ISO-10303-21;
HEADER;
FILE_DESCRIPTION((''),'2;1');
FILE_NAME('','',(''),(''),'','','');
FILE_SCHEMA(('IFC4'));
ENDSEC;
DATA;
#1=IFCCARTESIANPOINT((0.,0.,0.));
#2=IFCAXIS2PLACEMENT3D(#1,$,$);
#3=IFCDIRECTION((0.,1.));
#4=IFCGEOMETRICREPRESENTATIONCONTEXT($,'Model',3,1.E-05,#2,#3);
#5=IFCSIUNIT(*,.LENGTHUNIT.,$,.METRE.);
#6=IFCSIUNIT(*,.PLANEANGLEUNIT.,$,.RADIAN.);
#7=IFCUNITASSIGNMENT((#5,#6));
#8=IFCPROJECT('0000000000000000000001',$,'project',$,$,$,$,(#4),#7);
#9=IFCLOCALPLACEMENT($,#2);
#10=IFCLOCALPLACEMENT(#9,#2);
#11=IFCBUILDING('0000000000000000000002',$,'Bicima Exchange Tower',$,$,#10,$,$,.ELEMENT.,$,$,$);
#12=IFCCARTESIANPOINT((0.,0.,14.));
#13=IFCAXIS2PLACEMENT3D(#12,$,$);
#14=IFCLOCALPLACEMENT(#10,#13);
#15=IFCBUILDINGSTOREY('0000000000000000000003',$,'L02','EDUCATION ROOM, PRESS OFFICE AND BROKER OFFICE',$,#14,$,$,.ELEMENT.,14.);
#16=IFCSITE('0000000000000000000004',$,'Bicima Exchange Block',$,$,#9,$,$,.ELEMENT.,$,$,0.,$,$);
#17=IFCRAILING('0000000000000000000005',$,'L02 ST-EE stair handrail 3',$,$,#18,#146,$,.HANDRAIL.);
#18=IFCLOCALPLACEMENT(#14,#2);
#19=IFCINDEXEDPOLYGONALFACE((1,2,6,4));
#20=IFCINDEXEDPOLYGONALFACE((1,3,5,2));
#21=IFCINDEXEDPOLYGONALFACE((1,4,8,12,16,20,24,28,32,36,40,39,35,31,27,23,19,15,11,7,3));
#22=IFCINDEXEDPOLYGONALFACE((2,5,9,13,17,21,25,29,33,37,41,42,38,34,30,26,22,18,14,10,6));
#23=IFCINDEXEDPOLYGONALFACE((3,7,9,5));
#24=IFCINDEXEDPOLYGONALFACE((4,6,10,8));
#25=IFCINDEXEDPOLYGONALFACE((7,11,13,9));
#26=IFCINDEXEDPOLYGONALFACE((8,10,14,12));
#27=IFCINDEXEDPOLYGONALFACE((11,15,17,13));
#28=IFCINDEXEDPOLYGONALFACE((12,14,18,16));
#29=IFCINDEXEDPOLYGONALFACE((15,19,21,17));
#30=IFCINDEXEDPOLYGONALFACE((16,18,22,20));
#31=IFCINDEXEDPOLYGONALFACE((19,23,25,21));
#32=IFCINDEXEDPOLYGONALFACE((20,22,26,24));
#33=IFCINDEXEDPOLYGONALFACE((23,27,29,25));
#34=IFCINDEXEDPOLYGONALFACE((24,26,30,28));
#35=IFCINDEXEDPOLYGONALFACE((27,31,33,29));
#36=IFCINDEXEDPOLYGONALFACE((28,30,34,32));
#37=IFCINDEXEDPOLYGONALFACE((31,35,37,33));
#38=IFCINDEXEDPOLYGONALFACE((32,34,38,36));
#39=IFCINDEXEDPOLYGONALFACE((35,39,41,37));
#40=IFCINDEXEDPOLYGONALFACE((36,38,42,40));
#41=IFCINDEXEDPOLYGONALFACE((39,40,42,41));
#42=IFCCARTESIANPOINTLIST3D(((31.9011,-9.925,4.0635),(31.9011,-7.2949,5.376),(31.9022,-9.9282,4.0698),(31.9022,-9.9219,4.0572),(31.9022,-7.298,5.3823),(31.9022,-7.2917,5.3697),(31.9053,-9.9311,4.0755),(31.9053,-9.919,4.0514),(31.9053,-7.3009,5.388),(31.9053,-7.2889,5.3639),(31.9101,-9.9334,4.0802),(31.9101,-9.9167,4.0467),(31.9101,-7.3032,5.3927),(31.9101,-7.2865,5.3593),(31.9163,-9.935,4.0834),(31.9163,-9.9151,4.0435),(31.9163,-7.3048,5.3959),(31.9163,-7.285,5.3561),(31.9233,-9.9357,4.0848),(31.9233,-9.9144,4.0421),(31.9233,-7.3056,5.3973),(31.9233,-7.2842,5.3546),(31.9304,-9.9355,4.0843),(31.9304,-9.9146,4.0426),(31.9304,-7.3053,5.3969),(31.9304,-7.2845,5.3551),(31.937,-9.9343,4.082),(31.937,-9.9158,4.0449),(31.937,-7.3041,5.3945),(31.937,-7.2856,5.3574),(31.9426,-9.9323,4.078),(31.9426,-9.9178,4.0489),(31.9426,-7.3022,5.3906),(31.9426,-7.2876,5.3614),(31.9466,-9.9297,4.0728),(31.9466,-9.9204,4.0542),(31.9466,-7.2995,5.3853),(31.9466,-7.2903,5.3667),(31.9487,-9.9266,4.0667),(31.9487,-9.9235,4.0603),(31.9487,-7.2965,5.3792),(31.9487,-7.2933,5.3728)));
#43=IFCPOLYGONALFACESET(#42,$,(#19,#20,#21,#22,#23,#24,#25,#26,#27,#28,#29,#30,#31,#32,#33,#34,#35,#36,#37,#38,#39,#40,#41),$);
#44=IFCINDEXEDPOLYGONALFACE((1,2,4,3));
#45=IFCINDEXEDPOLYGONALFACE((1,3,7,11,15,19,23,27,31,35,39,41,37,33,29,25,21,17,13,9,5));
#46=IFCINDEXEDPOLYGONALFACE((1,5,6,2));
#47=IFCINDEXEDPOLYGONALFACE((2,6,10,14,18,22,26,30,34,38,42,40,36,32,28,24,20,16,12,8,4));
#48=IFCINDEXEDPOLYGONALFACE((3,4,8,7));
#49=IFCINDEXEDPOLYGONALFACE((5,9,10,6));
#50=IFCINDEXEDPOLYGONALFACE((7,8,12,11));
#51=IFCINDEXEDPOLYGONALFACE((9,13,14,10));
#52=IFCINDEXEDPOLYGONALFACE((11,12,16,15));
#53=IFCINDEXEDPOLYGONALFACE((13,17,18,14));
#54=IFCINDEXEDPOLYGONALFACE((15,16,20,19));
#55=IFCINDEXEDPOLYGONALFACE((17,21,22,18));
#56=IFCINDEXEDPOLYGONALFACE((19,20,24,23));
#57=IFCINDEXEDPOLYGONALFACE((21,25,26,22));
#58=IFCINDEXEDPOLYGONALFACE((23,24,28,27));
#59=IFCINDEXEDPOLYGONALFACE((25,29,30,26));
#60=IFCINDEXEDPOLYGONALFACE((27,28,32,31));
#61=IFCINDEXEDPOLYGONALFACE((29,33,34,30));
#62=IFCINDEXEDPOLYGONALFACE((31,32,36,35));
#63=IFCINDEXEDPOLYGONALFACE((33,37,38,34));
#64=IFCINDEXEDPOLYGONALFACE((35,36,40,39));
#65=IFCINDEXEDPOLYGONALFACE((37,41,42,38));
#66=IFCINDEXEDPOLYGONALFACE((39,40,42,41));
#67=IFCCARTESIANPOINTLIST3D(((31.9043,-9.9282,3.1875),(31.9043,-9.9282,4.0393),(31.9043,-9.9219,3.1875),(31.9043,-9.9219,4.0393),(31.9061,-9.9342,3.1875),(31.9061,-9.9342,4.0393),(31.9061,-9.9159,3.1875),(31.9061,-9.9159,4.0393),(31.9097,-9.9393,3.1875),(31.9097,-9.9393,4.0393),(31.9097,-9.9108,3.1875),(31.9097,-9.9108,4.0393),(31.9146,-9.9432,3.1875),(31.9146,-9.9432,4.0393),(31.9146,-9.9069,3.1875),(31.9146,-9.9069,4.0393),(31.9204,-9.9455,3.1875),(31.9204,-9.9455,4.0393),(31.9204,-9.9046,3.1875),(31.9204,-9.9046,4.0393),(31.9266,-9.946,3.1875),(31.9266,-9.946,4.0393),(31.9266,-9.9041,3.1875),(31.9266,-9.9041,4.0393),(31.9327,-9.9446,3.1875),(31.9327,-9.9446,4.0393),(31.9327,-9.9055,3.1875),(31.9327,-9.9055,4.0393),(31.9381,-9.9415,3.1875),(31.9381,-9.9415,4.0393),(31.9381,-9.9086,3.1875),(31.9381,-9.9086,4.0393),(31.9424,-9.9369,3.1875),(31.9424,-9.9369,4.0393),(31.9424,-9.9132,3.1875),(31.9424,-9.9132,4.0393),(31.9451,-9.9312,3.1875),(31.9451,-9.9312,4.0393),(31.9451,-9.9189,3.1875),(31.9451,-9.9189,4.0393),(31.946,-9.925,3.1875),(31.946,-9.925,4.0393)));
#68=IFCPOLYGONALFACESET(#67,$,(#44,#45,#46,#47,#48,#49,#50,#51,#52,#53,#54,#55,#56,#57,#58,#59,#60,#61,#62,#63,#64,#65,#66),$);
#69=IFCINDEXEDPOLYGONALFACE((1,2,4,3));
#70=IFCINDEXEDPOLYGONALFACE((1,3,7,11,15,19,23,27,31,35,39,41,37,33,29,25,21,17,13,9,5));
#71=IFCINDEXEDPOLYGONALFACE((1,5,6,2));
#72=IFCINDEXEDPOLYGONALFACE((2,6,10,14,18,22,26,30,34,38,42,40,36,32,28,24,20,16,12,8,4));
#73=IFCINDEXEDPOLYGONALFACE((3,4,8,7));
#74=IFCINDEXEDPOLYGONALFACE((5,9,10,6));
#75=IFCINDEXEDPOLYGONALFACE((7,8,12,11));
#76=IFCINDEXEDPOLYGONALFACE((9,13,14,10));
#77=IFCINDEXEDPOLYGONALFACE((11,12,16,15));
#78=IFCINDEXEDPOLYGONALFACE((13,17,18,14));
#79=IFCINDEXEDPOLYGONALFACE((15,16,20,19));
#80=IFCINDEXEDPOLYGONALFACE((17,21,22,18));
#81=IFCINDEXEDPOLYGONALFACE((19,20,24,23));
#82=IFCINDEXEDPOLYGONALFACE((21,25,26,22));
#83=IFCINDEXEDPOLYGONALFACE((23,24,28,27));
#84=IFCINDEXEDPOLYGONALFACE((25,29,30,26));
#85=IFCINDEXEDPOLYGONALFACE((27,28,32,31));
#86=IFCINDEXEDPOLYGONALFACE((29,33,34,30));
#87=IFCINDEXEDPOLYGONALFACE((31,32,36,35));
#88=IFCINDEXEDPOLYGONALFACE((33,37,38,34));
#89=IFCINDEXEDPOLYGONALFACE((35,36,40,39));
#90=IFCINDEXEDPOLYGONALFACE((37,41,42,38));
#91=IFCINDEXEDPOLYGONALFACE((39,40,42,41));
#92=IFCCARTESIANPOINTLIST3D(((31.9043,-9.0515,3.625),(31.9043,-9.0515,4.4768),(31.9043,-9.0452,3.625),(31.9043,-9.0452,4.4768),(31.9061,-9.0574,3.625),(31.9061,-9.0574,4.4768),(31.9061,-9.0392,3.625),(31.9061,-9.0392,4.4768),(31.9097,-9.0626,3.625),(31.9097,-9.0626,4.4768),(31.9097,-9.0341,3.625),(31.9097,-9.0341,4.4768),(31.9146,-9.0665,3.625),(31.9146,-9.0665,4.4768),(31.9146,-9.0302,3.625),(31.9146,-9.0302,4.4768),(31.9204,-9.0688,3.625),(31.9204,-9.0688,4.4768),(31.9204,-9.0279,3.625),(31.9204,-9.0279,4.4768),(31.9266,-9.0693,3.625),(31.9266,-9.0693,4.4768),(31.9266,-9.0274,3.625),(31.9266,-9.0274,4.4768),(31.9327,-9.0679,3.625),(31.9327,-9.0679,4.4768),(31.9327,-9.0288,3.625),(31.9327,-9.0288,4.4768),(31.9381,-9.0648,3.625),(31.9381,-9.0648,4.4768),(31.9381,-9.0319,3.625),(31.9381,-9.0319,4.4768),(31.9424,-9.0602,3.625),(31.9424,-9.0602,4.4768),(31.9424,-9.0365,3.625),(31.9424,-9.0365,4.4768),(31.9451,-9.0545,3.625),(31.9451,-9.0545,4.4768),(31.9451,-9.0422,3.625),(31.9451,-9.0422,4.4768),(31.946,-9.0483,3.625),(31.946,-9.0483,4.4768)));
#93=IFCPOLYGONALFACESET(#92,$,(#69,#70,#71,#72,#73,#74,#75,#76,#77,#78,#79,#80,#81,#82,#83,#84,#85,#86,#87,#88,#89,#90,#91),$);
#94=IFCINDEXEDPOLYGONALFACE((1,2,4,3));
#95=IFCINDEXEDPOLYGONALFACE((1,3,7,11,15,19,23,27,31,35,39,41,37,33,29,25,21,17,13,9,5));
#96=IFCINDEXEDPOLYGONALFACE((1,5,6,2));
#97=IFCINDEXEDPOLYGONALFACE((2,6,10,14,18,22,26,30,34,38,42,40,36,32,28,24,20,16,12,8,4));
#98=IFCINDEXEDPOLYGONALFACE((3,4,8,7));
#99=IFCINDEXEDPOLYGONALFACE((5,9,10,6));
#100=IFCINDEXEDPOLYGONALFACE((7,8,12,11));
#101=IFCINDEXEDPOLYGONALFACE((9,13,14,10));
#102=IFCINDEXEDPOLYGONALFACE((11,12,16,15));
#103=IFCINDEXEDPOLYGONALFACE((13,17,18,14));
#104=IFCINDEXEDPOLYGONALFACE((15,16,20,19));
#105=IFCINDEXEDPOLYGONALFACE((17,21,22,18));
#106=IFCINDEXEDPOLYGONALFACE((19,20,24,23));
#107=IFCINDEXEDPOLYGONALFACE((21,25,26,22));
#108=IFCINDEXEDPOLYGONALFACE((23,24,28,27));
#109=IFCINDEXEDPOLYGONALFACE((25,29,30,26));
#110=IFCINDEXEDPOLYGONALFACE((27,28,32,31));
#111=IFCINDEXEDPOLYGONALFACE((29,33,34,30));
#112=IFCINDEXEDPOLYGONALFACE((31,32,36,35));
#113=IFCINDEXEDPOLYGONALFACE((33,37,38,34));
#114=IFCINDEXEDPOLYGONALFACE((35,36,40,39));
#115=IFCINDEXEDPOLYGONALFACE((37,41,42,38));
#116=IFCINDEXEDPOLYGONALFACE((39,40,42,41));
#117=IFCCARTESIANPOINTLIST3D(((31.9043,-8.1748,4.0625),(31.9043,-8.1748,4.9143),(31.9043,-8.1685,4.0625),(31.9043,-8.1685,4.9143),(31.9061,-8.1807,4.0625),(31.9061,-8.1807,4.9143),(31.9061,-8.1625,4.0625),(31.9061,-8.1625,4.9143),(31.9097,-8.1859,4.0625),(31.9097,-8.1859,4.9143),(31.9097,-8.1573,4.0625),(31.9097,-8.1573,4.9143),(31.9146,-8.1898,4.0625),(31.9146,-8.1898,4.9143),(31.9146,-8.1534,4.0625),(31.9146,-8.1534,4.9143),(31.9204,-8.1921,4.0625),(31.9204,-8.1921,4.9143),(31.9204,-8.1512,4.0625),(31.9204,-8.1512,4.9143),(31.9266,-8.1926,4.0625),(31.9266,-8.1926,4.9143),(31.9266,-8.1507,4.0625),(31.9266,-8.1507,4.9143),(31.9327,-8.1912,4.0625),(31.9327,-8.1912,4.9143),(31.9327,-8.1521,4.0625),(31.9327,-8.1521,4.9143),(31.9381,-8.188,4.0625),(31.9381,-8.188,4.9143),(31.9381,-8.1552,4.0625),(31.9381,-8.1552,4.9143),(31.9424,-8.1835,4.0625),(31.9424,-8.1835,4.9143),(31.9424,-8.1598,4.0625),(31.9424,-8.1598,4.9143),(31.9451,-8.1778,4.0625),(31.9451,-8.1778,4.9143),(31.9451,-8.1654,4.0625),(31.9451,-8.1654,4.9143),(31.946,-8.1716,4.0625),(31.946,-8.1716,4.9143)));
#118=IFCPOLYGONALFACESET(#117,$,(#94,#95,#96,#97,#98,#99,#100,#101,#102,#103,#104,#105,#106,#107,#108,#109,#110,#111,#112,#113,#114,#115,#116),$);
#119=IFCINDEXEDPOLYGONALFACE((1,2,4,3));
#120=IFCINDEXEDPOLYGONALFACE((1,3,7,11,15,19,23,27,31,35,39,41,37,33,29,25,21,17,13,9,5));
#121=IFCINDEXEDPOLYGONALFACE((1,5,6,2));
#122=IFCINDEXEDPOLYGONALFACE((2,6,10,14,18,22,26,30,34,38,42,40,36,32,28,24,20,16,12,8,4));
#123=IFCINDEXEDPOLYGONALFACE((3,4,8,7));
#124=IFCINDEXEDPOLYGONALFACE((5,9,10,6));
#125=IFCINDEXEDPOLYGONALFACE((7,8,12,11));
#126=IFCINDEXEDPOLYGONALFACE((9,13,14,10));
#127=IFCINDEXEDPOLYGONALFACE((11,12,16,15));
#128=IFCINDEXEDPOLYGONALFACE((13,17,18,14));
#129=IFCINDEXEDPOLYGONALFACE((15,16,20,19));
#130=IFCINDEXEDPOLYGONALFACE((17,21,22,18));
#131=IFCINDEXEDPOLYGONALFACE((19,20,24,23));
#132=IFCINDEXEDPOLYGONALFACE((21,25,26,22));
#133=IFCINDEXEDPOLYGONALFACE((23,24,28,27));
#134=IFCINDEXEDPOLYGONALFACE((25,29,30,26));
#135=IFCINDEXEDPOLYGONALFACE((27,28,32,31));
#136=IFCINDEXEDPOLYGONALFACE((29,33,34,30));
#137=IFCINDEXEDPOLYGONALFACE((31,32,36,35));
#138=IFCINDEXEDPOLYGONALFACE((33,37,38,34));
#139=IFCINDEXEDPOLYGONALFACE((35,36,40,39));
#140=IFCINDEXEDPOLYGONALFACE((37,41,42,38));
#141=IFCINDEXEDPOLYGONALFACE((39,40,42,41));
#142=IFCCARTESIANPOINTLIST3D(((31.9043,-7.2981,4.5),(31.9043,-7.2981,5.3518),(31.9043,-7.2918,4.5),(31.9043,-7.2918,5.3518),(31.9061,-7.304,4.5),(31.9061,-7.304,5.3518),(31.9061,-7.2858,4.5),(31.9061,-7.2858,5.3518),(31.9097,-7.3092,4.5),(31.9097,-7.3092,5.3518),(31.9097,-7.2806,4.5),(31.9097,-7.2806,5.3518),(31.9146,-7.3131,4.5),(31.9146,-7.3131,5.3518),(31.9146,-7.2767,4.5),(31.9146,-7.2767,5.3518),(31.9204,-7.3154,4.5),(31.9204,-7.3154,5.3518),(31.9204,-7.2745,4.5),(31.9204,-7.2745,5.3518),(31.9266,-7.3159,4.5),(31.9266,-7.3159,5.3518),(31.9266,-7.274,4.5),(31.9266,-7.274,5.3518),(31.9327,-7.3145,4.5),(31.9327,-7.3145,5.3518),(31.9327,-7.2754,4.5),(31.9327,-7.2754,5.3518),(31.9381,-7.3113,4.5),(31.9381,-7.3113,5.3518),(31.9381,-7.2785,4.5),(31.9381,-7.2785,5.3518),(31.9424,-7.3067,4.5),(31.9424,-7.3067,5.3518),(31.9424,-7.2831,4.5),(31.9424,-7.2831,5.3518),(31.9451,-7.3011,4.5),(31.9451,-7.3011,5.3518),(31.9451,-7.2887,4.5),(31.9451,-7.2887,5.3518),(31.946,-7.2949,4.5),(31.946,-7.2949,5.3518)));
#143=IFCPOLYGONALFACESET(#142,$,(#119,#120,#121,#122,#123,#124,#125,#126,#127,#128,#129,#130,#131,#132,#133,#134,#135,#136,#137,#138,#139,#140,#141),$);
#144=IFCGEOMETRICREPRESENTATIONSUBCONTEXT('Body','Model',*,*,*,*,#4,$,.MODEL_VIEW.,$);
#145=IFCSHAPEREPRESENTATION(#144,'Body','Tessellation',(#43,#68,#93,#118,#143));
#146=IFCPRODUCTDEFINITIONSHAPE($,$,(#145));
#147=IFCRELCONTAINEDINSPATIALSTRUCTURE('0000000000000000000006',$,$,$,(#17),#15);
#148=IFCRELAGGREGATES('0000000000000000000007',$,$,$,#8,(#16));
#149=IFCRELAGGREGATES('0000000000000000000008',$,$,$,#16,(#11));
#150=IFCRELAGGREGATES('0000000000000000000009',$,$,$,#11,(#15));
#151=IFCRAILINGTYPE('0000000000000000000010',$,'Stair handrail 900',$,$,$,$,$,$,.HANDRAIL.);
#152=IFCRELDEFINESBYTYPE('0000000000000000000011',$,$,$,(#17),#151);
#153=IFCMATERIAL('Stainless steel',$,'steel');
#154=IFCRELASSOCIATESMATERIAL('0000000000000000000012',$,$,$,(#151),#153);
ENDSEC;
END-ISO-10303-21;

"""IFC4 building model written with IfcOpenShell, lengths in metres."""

from ifc_helpers import new_model, si_unit, direction, frame, origin, origin_2d, place, context, subcontext, project, spatial, circle, extrude, material, type_object, element, save


model = new_model("IFC4")

# Units and contexts
model_context = context("Model", 3, precision=1e-05, world=origin(), true_north=direction((0.0, 1.0)))
body_context = subcontext(model_context, "Body", "Model", "MODEL_VIEW")
ifc_project = project(units=[si_unit("LENGTHUNIT", "METRE"), si_unit("PLANEANGLEUNIT", "RADIAN")], contexts=[model_context])

# Site, building, storey
site_placement = place(None, origin())
site = spatial("IfcSite", under=ifc_project, at=site_placement, Name="Bicima Exchange Block", CompositionType="ELEMENT", RefElevation=0.0)
building_placement = place(site_placement, origin())
building = spatial("IfcBuilding", under=site, at=building_placement, Name="Bicima Exchange Tower", CompositionType="ELEMENT")
storey_placement = place(building_placement, frame((0.0, 0.0, 14.0)))
storey = spatial("IfcBuildingStorey", under=building, at=storey_placement, Name="L02", Description="EDUCATION ROOM, PRESS OFFICE AND BROKER OFFICE", CompositionType="ELEMENT", Elevation=14.0)

# Railing
ifc_material_1 = material(Name="Stainless steel", Category="steel")
railing_type_1 = type_object("IfcRailingType", Name="Stair handrail 900", PredefinedType="HANDRAIL", material=ifc_material_1)
railing_1_placement = place(storey_placement, frame((31.925, -9.925, 3.1875)))
element("IfcRailing", 1, at=railing_1_placement, inside=storey, type_object=railing_type_1, Name="L02 ST-EE stair handrail 3", PredefinedType="HANDRAIL", context=body_context, shape_type="SweptSolid", body=[
    extrude(circle(Radius=0.0239, at=origin_2d()), frame((0.0, 0.0, 0.876), z_axis=(0.0, 0.894776, 0.446516), x_axis=(-1.0, 0.0, 0.0)), (0.0, 0.0, 1.0), 2.9395),
    extrude(circle(Radius=0.021, at=origin_2d()), origin(), (0.0, 0.0, 1.0), 0.8518),
    extrude(circle(Radius=0.021, at=origin_2d()), frame((0.0, 0.8767, 0.4375)), (0.0, 0.0, 1.0), 0.8518),
    extrude(circle(Radius=0.021, at=origin_2d()), frame((0.0, 1.7534, 0.875)), (0.0, 0.0, 1.0), 0.8518),
    extrude(circle(Radius=0.021, at=origin_2d()), frame((0.0, 2.6301, 1.3125)), (0.0, 0.0, 1.0), 0.8518),
])

save(model, "model.ifc")
